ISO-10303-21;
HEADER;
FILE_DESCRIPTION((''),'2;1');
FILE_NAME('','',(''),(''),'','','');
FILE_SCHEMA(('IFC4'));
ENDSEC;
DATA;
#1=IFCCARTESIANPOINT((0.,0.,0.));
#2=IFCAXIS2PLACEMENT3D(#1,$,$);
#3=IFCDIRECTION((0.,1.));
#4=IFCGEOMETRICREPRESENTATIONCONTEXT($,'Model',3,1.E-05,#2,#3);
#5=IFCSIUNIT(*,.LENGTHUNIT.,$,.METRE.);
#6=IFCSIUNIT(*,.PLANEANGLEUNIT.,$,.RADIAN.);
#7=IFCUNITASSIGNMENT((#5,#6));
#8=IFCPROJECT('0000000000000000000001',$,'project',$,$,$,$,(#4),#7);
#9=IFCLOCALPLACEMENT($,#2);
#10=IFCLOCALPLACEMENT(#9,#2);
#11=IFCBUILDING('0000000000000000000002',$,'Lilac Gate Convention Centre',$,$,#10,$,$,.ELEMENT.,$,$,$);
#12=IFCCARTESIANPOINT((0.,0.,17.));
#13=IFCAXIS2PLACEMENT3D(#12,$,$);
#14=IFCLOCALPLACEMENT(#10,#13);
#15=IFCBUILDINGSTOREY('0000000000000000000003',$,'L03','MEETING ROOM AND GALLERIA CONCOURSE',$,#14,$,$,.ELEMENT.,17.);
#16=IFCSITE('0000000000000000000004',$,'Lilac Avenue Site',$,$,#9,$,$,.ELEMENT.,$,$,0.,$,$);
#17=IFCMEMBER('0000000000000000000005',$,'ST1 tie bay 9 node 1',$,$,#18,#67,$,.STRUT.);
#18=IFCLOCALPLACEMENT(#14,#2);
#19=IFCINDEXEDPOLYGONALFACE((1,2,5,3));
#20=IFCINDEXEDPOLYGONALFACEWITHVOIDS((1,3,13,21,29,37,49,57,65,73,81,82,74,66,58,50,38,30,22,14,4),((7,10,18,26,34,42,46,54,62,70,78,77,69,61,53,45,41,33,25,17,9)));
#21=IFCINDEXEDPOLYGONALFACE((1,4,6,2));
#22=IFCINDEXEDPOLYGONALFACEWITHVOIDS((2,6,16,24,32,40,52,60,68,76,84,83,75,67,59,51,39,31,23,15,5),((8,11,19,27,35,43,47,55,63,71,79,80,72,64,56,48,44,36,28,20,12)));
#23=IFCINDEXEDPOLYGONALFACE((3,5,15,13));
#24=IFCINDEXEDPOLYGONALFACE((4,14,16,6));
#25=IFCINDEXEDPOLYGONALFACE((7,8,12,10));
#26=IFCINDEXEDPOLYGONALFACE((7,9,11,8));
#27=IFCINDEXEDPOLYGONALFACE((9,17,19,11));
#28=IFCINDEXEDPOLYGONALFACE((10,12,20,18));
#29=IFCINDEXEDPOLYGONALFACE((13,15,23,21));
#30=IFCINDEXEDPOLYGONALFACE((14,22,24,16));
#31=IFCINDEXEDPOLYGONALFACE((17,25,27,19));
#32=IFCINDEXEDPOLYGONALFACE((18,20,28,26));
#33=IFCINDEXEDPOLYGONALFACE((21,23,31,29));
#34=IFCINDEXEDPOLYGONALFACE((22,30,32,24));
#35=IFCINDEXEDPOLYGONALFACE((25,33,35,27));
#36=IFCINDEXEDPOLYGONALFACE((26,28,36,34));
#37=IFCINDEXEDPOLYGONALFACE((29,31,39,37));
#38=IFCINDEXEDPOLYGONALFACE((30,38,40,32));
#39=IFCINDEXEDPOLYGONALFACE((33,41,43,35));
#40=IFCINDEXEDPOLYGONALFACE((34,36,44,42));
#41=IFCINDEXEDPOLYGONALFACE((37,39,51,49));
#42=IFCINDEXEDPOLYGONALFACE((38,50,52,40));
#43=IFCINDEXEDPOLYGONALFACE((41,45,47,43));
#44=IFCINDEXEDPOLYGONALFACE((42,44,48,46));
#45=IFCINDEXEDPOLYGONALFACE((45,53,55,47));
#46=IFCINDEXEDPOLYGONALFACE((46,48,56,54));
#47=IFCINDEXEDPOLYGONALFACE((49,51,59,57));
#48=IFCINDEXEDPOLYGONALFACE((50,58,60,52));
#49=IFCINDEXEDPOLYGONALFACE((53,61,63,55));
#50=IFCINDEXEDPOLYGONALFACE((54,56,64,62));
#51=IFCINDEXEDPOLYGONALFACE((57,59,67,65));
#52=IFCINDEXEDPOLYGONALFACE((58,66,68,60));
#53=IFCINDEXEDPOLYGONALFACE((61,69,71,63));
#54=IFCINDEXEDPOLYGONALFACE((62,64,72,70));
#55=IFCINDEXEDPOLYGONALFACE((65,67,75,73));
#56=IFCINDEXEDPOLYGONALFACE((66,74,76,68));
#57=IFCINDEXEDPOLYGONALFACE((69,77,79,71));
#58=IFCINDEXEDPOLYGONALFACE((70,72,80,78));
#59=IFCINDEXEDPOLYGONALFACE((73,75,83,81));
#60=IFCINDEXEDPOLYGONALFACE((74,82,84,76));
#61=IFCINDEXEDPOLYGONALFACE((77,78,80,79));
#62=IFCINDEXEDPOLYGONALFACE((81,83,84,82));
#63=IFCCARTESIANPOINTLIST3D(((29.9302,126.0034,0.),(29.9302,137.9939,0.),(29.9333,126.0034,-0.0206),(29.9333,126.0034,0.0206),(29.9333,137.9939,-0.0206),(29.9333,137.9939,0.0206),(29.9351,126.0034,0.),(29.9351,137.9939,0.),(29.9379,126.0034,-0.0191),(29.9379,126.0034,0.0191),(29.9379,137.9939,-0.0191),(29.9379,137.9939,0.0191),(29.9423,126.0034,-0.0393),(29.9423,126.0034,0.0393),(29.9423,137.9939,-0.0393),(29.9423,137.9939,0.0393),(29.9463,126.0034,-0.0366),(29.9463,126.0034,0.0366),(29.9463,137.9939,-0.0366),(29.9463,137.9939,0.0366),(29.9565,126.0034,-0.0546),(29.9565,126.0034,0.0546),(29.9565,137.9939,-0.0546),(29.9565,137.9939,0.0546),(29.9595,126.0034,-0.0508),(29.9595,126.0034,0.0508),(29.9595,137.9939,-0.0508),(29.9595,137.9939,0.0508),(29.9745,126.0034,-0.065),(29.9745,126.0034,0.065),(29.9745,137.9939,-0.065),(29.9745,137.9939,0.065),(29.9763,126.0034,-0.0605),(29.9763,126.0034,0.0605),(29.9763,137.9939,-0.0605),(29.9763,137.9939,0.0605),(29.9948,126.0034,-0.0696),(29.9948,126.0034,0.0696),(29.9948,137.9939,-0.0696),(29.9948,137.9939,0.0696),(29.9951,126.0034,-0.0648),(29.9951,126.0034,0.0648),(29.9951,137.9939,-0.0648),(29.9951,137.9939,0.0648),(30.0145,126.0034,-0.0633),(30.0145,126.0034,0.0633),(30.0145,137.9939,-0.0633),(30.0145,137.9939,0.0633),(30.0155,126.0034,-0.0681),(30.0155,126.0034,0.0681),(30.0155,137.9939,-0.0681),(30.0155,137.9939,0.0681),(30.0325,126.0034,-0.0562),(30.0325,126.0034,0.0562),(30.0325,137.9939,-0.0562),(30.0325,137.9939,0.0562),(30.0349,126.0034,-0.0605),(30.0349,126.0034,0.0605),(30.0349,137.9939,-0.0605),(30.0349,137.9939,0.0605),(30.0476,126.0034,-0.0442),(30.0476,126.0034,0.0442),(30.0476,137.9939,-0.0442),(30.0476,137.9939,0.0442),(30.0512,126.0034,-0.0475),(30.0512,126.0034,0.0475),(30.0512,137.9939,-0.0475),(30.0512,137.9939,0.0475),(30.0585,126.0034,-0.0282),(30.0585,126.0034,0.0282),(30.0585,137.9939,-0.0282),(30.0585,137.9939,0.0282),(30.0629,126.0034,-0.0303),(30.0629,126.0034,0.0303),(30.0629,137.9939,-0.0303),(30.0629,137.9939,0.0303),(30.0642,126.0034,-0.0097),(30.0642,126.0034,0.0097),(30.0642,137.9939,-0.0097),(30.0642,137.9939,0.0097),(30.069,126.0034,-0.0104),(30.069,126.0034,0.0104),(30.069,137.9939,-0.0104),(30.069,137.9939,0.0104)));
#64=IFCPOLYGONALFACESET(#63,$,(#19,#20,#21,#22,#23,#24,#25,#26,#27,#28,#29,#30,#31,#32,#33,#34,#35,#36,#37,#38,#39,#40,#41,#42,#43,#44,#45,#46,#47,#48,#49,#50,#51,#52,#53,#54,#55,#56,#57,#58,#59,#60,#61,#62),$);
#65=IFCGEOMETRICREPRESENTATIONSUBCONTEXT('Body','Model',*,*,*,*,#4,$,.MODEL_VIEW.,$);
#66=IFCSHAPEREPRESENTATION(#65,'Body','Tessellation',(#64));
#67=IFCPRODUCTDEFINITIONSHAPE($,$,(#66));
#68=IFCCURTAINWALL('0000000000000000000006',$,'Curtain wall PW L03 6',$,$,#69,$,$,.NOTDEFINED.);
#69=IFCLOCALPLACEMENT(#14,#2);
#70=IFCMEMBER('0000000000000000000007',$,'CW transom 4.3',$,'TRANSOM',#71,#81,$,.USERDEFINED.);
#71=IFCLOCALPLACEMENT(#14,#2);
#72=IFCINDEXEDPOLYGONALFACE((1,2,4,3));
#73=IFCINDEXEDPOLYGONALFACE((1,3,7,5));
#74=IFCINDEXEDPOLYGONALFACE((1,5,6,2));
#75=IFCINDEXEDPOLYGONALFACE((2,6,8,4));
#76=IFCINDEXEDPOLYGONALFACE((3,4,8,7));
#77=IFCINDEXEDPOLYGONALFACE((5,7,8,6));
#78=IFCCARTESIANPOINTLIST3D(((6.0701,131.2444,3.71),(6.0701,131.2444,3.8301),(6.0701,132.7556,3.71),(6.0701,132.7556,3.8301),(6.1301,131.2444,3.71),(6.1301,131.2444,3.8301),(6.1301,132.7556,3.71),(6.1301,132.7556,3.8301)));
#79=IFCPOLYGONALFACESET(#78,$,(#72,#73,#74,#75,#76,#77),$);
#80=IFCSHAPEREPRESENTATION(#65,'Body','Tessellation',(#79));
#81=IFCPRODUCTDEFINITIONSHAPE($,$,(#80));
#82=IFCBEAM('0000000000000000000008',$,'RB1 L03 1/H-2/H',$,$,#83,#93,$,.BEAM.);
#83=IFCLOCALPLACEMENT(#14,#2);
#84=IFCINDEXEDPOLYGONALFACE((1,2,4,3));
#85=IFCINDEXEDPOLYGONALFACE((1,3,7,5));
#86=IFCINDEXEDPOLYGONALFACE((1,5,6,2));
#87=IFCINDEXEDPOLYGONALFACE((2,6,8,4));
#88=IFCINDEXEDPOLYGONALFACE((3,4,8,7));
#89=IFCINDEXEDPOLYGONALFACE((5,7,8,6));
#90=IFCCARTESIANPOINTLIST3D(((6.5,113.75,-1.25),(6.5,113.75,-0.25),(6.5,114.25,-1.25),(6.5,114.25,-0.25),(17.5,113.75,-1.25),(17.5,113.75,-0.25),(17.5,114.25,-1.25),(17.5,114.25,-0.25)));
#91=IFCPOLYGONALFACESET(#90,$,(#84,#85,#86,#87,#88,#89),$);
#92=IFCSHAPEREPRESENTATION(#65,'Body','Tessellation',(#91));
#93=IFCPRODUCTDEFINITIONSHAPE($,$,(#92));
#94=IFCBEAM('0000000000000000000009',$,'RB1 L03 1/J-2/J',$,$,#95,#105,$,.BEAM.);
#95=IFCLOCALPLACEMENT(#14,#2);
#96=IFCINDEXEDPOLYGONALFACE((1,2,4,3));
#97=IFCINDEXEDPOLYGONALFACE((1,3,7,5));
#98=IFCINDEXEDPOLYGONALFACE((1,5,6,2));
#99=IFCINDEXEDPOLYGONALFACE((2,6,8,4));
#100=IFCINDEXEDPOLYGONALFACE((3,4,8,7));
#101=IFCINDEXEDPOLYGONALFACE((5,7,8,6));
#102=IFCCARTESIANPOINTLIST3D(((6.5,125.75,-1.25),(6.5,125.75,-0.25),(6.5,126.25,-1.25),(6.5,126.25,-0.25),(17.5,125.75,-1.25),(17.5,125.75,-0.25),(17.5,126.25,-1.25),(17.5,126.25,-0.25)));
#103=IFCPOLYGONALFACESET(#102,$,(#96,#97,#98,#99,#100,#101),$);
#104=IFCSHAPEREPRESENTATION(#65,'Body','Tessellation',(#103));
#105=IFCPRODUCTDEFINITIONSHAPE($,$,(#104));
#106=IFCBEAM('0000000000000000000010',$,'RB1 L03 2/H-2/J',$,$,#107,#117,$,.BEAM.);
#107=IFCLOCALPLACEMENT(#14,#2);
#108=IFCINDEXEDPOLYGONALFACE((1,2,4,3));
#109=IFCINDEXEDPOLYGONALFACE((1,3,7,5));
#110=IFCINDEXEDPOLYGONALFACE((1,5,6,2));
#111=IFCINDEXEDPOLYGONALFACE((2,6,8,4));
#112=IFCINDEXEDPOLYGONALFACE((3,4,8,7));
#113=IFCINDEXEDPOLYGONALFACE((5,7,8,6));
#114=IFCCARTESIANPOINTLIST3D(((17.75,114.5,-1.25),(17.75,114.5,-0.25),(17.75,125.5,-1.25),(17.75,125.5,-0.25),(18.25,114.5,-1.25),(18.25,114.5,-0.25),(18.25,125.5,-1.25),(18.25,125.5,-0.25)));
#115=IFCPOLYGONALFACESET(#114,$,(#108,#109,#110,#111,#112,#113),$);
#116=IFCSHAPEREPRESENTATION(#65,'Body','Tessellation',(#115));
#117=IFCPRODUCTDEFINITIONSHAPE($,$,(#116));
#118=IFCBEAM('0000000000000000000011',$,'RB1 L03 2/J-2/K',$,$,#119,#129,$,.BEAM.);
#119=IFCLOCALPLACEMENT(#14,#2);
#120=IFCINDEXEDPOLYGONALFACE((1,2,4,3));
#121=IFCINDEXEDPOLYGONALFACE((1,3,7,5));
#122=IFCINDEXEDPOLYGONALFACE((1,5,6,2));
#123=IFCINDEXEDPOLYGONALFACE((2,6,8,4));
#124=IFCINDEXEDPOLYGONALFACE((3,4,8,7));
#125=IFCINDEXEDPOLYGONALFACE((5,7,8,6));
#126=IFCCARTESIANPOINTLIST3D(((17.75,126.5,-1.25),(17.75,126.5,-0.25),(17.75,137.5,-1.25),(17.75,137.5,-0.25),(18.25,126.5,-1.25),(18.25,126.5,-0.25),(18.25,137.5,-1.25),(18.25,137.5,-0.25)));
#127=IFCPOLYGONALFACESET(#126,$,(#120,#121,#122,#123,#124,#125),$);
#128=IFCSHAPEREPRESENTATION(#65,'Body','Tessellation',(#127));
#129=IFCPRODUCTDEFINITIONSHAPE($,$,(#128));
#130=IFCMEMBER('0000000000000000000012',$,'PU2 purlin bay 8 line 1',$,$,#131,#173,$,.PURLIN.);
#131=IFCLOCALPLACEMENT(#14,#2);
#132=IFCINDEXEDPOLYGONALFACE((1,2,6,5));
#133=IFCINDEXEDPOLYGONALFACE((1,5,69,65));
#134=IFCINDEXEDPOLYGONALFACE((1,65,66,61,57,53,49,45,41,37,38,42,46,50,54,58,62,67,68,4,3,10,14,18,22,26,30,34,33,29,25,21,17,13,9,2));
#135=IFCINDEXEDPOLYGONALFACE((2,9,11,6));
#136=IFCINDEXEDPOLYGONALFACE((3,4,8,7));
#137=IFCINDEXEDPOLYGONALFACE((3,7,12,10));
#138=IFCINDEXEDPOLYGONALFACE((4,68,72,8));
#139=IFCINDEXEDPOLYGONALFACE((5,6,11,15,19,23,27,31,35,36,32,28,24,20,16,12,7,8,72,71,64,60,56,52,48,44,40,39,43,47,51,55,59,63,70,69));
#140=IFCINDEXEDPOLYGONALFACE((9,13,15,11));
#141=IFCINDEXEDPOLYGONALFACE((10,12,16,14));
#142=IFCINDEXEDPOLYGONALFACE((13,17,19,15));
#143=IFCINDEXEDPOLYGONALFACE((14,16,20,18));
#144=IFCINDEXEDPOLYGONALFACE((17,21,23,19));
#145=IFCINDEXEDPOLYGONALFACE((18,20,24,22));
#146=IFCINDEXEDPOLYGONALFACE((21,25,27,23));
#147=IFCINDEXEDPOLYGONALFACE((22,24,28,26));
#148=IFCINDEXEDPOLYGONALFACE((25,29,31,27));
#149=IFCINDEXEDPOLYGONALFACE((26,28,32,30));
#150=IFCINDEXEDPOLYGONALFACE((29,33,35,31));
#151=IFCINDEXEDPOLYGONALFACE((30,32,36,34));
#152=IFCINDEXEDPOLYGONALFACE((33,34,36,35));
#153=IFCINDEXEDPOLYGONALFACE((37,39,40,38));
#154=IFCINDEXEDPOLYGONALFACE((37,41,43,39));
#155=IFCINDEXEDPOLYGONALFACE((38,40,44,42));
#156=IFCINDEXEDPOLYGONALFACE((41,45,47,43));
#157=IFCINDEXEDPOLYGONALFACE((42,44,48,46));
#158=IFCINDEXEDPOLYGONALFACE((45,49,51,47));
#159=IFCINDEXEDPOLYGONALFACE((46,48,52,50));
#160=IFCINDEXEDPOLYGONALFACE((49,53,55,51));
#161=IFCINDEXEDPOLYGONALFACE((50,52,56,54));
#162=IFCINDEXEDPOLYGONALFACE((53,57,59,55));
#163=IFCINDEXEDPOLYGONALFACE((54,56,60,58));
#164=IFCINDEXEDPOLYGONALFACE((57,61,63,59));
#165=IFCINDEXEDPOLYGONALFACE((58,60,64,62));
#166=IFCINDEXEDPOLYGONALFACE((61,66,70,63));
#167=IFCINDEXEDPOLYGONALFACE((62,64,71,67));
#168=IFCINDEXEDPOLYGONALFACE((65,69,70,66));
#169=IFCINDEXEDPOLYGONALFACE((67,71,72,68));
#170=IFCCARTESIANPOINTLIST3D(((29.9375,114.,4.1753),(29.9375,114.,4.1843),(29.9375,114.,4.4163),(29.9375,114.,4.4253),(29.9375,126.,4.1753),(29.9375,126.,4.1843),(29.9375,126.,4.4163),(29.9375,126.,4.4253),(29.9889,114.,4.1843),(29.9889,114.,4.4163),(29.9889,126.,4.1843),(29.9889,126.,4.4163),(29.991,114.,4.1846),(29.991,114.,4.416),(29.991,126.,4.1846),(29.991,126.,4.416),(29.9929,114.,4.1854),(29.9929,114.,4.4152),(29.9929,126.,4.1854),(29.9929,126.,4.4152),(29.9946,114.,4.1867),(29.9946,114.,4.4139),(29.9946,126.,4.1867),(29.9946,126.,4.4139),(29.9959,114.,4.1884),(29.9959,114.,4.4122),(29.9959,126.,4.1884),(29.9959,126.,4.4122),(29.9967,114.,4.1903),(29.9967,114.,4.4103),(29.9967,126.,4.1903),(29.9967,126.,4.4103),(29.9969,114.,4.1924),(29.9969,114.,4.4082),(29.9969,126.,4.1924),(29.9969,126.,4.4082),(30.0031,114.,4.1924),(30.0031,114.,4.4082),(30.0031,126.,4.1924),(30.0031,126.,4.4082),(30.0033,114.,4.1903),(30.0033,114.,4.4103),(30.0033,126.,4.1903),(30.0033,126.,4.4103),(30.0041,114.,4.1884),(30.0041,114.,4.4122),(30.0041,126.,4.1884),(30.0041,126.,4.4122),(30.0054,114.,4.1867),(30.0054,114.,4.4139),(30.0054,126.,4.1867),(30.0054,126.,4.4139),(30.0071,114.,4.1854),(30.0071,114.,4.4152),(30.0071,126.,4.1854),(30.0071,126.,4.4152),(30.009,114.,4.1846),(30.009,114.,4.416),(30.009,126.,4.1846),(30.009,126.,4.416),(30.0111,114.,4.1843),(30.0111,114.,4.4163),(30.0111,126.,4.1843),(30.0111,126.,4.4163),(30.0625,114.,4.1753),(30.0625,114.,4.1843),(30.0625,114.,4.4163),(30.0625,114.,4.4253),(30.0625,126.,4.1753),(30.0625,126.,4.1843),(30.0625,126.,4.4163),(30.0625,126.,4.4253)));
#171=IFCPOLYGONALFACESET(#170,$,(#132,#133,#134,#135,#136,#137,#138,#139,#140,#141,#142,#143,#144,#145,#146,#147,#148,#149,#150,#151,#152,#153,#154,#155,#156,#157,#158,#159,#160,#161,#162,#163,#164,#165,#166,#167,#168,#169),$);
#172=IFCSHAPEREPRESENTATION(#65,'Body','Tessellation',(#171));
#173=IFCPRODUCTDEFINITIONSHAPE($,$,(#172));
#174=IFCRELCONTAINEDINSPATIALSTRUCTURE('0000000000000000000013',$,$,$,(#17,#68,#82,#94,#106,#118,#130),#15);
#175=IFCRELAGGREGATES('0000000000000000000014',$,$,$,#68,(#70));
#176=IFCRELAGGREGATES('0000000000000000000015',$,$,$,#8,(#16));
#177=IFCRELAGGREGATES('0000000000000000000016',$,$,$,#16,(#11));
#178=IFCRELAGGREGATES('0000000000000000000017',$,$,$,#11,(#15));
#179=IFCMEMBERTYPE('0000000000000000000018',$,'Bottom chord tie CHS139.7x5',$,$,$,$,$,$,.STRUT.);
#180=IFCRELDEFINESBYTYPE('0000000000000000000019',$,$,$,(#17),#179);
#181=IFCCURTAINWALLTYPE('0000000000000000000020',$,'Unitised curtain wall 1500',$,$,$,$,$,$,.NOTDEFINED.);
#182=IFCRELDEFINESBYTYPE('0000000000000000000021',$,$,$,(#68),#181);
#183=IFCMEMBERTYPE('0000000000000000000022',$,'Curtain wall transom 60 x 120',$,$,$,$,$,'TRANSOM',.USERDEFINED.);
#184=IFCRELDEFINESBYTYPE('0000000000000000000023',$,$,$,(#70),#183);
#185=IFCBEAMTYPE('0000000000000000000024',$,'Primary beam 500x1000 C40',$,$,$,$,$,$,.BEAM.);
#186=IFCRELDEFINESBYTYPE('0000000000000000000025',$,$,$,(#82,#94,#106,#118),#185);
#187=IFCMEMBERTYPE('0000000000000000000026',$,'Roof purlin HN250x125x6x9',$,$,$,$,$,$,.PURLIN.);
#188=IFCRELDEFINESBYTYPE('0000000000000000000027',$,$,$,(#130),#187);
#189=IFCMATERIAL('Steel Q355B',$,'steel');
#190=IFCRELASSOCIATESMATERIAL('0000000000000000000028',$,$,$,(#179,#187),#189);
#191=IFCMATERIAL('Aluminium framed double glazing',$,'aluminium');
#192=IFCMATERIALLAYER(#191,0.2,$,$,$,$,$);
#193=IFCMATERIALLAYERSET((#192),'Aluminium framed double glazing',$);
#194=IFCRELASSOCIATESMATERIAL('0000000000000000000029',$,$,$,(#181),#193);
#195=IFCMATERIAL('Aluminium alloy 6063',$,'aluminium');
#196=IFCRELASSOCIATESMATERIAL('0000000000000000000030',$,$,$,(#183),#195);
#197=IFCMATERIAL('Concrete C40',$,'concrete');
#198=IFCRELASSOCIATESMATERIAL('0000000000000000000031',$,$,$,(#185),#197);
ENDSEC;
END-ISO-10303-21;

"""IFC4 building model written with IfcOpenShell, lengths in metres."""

from ifc_helpers import new_model, si_unit, direction, frame, origin, origin_2d, place, context, subcontext, project, spatial, rectangle, hollow_circle, i_section, extrude, material, layer, layer_set, material_profile, profile_set, type_object, element, aggregate, save


model = new_model("IFC4")

# Units and contexts
model_context = context("Model", 3, precision=1e-05, world=origin(), true_north=direction((0.0, 1.0)))
body_context = subcontext(model_context, "Body", "Model", "MODEL_VIEW")
ifc_project = project(units=[si_unit("LENGTHUNIT", "METRE"), si_unit("PLANEANGLEUNIT", "RADIAN")], contexts=[model_context])

# Site, building, storey
site_placement = place(None, origin())
site = spatial("IfcSite", under=ifc_project, at=site_placement, Name="Lilac Avenue Site", CompositionType="ELEMENT", RefElevation=0.0)
building_placement = place(site_placement, origin())
building = spatial("IfcBuilding", under=site, at=building_placement, Name="Lilac Gate Convention Centre", CompositionType="ELEMENT")
storey_placement = place(building_placement, frame((0.0, 0.0, 17.0)))
storey = spatial("IfcBuildingStorey", under=building, at=storey_placement, Name="L03", Description="MEETING ROOM AND GALLERIA CONCOURSE", CompositionType="ELEMENT", Elevation=17.0)

# Shared definitions
ifc_material_1 = material(Name="Concrete C40", Category="concrete")
ifc_material_2 = material(Name="Steel Q355B", Category="steel")

# Member
ifc_material_profile_1 = material_profile(ifc_material_2, hollow_circle(Radius=0.0698, WallThickness=0.0049, at=origin_2d()), Name="CHS139.7x5")
ifc_profile_set_1 = profile_set([ifc_material_profile_1], Name="Steel Q355B")
member_type_1 = type_object("IfcMemberType", Name="Bottom chord tie CHS139.7x5", PredefinedType="STRUT", material=ifc_profile_set_1)
member_1_placement = place(storey_placement, frame((30.0, 126.0034, 0.0), z_axis=(0.0, 1.0, 0.0), x_axis=(-1.0, 0.0, 0.0)))
element("IfcMember", 1, at=member_1_placement, inside=storey, type_object=member_type_1, Name="ST1 tie bay 9 node 1", PredefinedType="STRUT", context=body_context, shape_type="SweptSolid", body=[
    extrude(hollow_circle(Radius=0.0698, WallThickness=0.0049, at=origin_2d()), origin(), (0.0, 0.0, 1.0), 11.9905),
])

# Curtain wall, member
ifc_material_3 = material(Name="Aluminium framed double glazing", Category="aluminium")
ifc_layer = layer(ifc_material_3, 0.2)
ifc_layer_set = layer_set([ifc_layer], Name="Aluminium framed double glazing")
curtain_wall_type = type_object("IfcCurtainWallType", Name="Unitised curtain wall 1500", PredefinedType="NOTDEFINED", material=ifc_layer_set)
curtain_wall_placement = place(storey_placement, origin())
curtain_wall = element("IfcCurtainWall", 2, at=curtain_wall_placement, inside=storey, type_object=curtain_wall_type, Name="Curtain wall PW L03 6", PredefinedType="NOTDEFINED")
ifc_material_4 = material(Name="Aluminium alloy 6063", Category="aluminium")
ifc_material_profile_2 = material_profile(ifc_material_4, rectangle(XDim=0.0601, YDim=0.1201, at=origin_2d()), Name="Curtain wall transom 60 x 120")
ifc_profile_set_2 = profile_set([ifc_material_profile_2], Name="Aluminium alloy 6063")
member_type_2 = type_object("IfcMemberType", Name="Curtain wall transom 60 x 120", ElementType="TRANSOM", PredefinedType="USERDEFINED", material=ifc_profile_set_2)
member_2_placement = place(storey_placement, frame((6.1001, 132.7556, 3.77), z_axis=(0.0, -1.0, 0.0), x_axis=(1.0, 0.0, 0.0)))
member_2 = element("IfcMember", 3, at=member_2_placement, type_object=member_type_2, Name="CW transom 4.3", ObjectType="TRANSOM", PredefinedType="USERDEFINED", context=body_context, shape_type="SweptSolid", body=[
    extrude(rectangle(XDim=0.0601, YDim=0.1201, at=origin_2d()), origin(), (0.0, 0.0, 1.0), 1.5112),
])
aggregate(curtain_wall, [member_2])

# Beams
ifc_material_profile_3 = material_profile(ifc_material_1, rectangle(XDim=0.5, YDim=1.0, at=origin_2d()), Name="RC 500x1000")
ifc_profile_set_3 = profile_set([ifc_material_profile_3], Name="Concrete C40")
beam_type_1 = type_object("IfcBeamType", Name="Primary beam 500x1000 C40", PredefinedType="BEAM", material=ifc_profile_set_3)
for number, where, z_axis, x_axis, name in (
    (4, (6.5, 114.0, -0.75), (1.0, 0.0, 0.0), (0.0, 1.0, 0.0), "RB1 L03 1/H-2/H"),
    (5, (6.5, 126.0, -0.75), (1.0, 0.0, 0.0), (0.0, 1.0, 0.0), "RB1 L03 1/J-2/J"),
    (6, (18.0, 114.5, -0.75), (0.0, 1.0, 0.0), (-1.0, 0.0, 0.0), "RB1 L03 2/H-2/J"),
    (7, (18.0, 126.5, -0.75), (0.0, 1.0, 0.0), (-1.0, 0.0, 0.0), "RB1 L03 2/J-2/K"),
):
    element("IfcBeam", number, at=place(storey_placement, frame(where, z_axis=z_axis, x_axis=x_axis)), inside=storey, type_object=beam_type_1, Name=name, PredefinedType="BEAM", context=body_context, shape_type="SweptSolid", body=[
        extrude(rectangle(XDim=0.5, YDim=1.0, at=origin_2d()), origin(), (0.0, 0.0, 1.0), 11.0),
    ])

# Member
ifc_material_profile_4 = material_profile(ifc_material_2, i_section(OverallWidth=0.125, OverallDepth=0.25, WebThickness=0.0061, FlangeThickness=0.009, FilletRadius=0.0081, at=origin_2d()), Name="HN250x125x6x9")
ifc_profile_set_4 = profile_set([ifc_material_profile_4], Name="Steel Q355B")
member_type_3 = type_object("IfcMemberType", Name="Roof purlin HN250x125x6x9", PredefinedType="PURLIN", material=ifc_profile_set_4)
member_3_placement = place(storey_placement, frame((30.0, 114.0, 4.3003), z_axis=(0.0, 1.0, 0.0), x_axis=(-1.0, 0.0, 0.0)))
element("IfcMember", 8, at=member_3_placement, inside=storey, type_object=member_type_3, Name="PU2 purlin bay 8 line 1", PredefinedType="PURLIN", context=body_context, shape_type="SweptSolid", body=[
    extrude(i_section(OverallWidth=0.125, OverallDepth=0.25, WebThickness=0.0061, FlangeThickness=0.009, FilletRadius=0.0081, at=origin_2d()), origin(), (0.0, 0.0, 1.0), 12.0),
])

save(model, "model.ifc")
